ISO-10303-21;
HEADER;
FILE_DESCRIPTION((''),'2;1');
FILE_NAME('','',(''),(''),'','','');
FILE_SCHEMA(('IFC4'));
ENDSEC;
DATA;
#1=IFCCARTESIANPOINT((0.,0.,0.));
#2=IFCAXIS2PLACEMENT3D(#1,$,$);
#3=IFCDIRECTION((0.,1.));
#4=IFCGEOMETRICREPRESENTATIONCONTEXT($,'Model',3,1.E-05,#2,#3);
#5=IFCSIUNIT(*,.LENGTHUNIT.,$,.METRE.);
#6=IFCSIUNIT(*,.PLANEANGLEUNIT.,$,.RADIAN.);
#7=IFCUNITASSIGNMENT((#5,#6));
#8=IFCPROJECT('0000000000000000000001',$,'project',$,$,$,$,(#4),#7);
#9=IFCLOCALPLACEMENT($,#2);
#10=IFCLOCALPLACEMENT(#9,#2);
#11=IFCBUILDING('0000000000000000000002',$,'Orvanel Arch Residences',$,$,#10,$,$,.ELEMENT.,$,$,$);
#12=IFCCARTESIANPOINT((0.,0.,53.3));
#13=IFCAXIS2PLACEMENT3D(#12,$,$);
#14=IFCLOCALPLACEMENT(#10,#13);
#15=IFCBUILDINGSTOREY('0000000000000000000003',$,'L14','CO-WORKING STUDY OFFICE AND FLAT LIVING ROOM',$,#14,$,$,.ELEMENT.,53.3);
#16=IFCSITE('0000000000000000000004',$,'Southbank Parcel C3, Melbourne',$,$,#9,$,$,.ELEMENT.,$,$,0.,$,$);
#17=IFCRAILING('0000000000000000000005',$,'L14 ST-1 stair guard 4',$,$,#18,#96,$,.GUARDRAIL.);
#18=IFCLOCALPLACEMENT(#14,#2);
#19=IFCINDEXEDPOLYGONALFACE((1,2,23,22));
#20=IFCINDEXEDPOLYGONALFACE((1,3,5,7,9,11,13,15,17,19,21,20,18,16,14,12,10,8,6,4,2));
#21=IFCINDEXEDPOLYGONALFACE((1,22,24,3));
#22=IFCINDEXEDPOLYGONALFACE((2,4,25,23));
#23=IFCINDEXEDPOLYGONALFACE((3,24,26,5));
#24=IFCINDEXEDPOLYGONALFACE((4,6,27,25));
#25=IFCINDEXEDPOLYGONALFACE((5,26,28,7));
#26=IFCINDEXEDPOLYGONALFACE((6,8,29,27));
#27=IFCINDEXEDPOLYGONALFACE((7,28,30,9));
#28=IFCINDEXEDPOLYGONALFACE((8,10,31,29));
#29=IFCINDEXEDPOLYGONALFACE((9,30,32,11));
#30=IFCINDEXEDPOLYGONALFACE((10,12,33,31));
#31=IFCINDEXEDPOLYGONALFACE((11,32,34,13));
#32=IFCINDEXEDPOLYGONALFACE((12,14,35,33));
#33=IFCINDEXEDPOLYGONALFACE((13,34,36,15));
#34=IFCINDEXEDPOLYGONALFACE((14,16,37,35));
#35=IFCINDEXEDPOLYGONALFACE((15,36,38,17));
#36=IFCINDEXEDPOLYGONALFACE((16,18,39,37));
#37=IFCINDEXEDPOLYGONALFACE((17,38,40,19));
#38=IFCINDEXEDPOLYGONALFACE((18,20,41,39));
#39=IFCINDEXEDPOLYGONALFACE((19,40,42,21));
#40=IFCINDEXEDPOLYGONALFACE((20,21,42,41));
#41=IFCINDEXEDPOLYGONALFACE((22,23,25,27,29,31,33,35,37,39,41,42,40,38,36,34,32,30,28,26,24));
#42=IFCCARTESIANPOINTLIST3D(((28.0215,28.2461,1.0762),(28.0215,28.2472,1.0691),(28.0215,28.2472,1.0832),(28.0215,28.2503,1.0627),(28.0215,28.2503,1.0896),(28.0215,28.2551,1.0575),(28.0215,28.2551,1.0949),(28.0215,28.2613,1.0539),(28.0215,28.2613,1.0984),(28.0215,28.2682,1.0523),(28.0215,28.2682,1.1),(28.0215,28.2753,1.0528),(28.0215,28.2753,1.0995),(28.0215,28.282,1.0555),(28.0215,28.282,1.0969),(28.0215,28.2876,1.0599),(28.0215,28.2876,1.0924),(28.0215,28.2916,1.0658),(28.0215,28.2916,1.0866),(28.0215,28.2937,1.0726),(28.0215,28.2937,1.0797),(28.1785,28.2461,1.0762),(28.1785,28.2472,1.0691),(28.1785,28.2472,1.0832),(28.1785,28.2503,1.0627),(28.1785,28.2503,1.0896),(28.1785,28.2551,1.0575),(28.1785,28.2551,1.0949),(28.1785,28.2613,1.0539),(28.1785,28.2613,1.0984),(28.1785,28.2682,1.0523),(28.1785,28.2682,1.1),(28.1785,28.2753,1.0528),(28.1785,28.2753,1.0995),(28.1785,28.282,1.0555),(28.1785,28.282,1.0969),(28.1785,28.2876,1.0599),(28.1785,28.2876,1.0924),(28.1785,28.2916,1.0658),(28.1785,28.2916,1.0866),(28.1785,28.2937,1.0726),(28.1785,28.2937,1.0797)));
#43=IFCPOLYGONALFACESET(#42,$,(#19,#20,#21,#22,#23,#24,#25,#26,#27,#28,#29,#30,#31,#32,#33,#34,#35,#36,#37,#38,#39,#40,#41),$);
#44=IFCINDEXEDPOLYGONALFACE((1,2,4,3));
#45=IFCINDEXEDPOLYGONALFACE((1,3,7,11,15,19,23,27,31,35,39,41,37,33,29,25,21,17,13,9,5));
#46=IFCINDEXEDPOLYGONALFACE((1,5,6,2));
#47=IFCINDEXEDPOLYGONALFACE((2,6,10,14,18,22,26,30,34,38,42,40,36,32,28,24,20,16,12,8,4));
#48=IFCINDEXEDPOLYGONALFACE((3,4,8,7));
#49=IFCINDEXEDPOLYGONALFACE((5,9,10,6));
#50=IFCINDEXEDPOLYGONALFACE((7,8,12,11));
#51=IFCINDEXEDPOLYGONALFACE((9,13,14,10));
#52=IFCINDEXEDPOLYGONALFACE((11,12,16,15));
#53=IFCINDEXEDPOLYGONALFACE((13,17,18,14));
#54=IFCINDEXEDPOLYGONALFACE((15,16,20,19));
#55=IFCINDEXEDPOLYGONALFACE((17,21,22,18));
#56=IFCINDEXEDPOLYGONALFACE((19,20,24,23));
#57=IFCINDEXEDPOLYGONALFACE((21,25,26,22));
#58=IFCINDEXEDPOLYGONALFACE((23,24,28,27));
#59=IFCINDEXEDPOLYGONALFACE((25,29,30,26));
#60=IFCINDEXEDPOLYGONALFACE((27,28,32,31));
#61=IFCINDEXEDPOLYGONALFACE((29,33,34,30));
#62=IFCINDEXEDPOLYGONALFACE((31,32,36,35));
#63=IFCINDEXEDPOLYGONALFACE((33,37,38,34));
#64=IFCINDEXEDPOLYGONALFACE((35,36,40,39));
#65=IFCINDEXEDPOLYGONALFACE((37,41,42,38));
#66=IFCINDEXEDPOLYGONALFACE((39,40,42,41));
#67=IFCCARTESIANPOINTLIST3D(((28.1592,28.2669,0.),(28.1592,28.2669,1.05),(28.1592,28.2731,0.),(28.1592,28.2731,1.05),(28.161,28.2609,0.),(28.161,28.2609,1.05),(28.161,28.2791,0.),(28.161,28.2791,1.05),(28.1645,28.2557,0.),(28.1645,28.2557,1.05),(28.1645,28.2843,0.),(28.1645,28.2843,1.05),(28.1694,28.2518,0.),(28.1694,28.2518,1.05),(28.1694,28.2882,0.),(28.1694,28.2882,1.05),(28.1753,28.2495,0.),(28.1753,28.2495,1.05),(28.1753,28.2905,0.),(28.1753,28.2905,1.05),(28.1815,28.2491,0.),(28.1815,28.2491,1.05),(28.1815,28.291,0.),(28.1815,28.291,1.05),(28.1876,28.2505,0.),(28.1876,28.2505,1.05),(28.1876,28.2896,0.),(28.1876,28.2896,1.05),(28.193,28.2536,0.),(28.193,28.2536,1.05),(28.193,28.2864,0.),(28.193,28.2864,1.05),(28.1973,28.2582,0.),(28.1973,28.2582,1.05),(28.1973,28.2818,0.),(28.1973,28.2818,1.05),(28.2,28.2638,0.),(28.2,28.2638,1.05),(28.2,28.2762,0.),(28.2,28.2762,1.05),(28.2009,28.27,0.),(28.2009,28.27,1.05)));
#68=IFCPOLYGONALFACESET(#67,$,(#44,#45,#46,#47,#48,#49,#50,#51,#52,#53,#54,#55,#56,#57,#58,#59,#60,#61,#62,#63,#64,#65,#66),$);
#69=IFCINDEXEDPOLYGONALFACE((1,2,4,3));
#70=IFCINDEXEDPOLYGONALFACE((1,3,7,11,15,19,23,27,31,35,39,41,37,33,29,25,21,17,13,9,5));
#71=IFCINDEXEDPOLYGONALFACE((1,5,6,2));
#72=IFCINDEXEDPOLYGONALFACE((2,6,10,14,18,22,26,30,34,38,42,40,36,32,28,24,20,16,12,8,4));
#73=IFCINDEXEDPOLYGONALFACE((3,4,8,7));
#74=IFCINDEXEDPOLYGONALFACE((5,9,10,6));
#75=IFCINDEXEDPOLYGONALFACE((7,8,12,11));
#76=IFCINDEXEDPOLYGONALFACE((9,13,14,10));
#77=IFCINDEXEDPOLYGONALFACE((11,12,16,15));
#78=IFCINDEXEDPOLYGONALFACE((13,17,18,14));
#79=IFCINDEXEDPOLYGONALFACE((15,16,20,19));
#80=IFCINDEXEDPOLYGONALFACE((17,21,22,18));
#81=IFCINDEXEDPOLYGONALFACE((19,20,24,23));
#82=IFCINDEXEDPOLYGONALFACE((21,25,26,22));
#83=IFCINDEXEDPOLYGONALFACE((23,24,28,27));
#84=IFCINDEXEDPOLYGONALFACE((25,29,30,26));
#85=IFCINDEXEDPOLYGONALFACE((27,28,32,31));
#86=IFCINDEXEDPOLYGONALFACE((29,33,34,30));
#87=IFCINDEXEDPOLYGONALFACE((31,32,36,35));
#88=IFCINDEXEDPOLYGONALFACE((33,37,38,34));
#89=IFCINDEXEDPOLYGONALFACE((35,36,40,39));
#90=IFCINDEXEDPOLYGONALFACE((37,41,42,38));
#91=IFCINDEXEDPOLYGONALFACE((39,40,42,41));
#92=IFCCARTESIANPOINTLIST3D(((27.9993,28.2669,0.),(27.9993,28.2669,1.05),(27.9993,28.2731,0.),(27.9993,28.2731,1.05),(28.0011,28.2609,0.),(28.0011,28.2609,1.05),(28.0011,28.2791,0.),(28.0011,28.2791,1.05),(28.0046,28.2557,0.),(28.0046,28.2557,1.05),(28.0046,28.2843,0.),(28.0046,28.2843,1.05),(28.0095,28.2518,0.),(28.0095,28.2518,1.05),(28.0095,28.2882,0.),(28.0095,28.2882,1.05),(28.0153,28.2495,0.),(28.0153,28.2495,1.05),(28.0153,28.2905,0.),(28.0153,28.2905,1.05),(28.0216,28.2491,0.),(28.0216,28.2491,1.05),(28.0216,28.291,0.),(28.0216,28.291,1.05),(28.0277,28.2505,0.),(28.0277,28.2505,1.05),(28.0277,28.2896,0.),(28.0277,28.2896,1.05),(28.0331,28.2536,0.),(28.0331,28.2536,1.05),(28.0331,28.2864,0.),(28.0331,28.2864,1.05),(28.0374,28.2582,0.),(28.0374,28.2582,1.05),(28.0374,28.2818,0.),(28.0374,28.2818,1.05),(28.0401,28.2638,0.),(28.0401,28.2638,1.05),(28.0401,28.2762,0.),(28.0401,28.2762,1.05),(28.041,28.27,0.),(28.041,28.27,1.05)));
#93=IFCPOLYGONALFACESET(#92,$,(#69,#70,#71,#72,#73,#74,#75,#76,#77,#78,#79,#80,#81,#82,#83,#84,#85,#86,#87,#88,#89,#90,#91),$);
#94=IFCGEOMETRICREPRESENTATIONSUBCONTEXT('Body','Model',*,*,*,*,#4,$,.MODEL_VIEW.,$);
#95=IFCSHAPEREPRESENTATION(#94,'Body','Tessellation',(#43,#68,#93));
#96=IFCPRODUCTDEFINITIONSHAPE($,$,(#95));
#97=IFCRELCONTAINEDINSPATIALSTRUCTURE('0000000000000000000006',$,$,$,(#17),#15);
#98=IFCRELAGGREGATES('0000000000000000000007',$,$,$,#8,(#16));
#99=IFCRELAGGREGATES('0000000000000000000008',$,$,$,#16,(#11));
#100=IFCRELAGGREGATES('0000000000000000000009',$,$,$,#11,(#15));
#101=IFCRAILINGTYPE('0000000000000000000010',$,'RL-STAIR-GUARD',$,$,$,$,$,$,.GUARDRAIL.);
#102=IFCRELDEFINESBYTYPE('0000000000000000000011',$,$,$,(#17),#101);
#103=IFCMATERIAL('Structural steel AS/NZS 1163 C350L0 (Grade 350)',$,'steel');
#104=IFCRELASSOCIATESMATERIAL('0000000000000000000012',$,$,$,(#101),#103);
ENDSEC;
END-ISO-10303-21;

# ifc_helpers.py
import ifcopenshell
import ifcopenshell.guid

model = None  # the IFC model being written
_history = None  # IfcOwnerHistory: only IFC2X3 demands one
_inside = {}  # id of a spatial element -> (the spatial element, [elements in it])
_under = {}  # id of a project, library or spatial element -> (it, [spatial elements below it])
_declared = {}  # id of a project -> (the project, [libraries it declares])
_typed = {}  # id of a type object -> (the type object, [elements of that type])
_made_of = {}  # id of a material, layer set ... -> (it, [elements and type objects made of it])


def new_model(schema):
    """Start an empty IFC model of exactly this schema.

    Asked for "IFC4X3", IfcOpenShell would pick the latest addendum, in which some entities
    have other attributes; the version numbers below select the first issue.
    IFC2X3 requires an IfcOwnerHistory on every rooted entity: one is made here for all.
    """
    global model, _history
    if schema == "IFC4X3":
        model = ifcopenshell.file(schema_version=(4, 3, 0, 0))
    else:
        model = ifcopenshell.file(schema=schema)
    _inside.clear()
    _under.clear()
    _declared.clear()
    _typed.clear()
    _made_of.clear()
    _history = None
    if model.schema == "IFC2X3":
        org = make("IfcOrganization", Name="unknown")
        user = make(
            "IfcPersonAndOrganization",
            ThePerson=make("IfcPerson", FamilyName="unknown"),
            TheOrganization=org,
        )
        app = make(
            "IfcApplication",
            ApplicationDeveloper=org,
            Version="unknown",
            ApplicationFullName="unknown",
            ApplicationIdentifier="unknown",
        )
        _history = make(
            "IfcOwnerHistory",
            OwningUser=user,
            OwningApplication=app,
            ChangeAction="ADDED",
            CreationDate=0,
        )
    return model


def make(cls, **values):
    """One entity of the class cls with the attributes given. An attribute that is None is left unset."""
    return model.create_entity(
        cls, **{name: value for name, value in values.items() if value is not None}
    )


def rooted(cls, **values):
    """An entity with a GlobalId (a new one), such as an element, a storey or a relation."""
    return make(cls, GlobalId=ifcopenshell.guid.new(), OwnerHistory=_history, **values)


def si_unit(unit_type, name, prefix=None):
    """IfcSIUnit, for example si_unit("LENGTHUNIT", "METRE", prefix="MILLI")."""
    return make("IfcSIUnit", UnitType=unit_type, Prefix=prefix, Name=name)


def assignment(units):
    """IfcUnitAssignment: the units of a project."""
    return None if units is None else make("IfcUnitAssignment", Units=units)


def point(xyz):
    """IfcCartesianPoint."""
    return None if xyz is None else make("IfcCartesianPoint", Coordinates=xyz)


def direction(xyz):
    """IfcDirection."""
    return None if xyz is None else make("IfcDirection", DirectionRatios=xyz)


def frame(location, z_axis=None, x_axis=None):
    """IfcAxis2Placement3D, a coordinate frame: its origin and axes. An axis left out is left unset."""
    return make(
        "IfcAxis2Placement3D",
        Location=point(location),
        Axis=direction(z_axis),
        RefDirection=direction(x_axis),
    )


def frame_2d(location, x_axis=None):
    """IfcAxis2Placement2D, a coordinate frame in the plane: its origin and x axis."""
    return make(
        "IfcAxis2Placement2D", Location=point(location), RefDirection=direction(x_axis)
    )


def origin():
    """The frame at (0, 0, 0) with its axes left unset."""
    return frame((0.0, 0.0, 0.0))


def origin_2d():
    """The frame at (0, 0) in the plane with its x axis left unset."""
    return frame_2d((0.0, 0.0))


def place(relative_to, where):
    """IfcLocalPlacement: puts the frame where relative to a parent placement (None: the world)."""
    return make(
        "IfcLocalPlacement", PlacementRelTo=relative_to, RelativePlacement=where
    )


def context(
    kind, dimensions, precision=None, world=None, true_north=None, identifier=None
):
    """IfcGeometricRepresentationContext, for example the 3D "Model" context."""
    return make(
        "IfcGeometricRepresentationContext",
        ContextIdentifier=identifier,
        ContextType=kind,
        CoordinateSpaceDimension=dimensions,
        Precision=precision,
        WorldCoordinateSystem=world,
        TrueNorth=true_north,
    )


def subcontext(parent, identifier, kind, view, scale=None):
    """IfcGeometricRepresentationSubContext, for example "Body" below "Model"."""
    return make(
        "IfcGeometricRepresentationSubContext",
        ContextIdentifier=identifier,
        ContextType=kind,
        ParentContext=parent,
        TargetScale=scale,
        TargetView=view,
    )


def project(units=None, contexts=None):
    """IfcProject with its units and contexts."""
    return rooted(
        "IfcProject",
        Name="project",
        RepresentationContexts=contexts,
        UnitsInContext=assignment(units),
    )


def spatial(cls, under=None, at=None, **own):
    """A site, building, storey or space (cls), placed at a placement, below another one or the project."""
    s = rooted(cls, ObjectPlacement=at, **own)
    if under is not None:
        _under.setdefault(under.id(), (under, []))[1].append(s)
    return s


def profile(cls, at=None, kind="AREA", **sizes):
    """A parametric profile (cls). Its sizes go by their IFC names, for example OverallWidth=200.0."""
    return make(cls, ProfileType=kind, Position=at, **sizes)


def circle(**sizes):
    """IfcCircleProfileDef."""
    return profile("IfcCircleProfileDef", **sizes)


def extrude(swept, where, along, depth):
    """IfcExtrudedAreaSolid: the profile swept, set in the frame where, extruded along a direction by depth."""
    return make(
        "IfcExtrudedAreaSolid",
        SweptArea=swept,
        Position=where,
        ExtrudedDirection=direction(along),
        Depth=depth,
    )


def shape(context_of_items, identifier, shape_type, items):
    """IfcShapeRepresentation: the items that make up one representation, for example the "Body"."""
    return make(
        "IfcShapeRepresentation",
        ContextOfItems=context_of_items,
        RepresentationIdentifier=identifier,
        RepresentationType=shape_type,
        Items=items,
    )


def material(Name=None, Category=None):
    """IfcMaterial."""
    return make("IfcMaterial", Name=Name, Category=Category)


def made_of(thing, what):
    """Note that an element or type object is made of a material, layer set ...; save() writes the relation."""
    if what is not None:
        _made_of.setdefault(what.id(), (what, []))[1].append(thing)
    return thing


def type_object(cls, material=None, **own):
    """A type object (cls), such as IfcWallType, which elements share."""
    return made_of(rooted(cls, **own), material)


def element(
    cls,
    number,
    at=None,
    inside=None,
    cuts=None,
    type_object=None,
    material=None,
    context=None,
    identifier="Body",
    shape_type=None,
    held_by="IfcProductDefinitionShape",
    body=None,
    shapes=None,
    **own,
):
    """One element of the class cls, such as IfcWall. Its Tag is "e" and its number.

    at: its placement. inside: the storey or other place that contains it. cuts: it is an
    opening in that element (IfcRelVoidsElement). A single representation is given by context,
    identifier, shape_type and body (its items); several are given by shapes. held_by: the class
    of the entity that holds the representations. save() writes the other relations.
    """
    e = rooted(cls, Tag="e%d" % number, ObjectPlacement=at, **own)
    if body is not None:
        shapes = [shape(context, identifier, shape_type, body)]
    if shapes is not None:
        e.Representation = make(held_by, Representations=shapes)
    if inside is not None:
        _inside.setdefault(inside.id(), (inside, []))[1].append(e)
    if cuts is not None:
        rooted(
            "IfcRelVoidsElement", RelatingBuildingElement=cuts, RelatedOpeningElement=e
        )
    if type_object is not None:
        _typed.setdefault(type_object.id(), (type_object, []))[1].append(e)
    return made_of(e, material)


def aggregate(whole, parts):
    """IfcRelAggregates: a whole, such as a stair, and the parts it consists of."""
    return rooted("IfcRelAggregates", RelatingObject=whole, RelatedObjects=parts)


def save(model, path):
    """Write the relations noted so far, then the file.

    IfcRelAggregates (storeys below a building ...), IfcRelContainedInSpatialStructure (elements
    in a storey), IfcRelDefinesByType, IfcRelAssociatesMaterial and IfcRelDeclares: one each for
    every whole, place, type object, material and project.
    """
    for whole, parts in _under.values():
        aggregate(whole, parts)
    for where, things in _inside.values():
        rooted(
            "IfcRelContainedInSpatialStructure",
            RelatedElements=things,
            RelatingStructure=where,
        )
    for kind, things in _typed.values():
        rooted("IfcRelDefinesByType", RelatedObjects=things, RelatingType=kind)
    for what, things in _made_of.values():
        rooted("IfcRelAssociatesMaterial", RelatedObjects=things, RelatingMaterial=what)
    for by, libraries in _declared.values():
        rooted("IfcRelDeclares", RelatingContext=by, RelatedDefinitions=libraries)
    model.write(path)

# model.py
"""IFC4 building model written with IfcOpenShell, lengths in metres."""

from ifc_helpers import new_model, si_unit, direction, frame, origin, origin_2d, place, context, subcontext, project, spatial, circle, extrude, material, type_object, element, save


model = new_model("IFC4")

# Units and contexts
model_context = context("Model", 3, precision=1e-05, world=origin(), true_north=direction((0.0, 1.0)))
body_context = subcontext(model_context, "Body", "Model", "MODEL_VIEW")
ifc_project = project(units=[si_unit("LENGTHUNIT", "METRE"), si_unit("PLANEANGLEUNIT", "RADIAN")], contexts=[model_context])

# Site, building, storey
site_placement = place(None, origin())
site = spatial("IfcSite", under=ifc_project, at=site_placement, Name="Southbank Parcel C3, Melbourne", CompositionType="ELEMENT", RefElevation=0.0)
building_placement = place(site_placement, origin())
building = spatial("IfcBuilding", under=site, at=building_placement, Name="Orvanel Arch Residences", CompositionType="ELEMENT")
storey_placement = place(building_placement, frame((0.0, 0.0, 53.3)))
storey = spatial("IfcBuildingStorey", under=building, at=storey_placement, Name="L14", Description="CO-WORKING STUDY OFFICE AND FLAT LIVING ROOM", CompositionType="ELEMENT", Elevation=53.3)

# Railing
ifc_material_1 = material(Name="Structural steel AS/NZS 1163 C350L0 (Grade 350)", Category="steel")
railing_type_1 = type_object("IfcRailingType", Name="RL-STAIR-GUARD", PredefinedType="GUARDRAIL", material=ifc_material_1)
railing_1_placement = place(storey_placement, frame((28.1799, 28.27, 0.0)))
element("IfcRailing", 1, at=railing_1_placement, inside=storey, type_object=railing_type_1, Name="L14 ST-1 stair guard 4", PredefinedType="GUARDRAIL", context=body_context, shape_type="SweptSolid", body=[
    extrude(circle(Radius=0.0239, at=origin_2d()), frame((-0.0015, 0.0, 1.0762), z_axis=(-1.0, 0.0, 0.0), x_axis=(0.0, -1.0, 0.0)), (0.0, 0.0, 1.0), 0.157),
    extrude(circle(Radius=0.021, at=origin_2d()), origin(), (0.0, 0.0, 1.0), 1.05),
    extrude(circle(Radius=0.021, at=origin_2d()), frame((-0.1599, 0.0, 0.0)), (0.0, 0.0, 1.0), 1.05),
])

save(model, "model.ifc")
